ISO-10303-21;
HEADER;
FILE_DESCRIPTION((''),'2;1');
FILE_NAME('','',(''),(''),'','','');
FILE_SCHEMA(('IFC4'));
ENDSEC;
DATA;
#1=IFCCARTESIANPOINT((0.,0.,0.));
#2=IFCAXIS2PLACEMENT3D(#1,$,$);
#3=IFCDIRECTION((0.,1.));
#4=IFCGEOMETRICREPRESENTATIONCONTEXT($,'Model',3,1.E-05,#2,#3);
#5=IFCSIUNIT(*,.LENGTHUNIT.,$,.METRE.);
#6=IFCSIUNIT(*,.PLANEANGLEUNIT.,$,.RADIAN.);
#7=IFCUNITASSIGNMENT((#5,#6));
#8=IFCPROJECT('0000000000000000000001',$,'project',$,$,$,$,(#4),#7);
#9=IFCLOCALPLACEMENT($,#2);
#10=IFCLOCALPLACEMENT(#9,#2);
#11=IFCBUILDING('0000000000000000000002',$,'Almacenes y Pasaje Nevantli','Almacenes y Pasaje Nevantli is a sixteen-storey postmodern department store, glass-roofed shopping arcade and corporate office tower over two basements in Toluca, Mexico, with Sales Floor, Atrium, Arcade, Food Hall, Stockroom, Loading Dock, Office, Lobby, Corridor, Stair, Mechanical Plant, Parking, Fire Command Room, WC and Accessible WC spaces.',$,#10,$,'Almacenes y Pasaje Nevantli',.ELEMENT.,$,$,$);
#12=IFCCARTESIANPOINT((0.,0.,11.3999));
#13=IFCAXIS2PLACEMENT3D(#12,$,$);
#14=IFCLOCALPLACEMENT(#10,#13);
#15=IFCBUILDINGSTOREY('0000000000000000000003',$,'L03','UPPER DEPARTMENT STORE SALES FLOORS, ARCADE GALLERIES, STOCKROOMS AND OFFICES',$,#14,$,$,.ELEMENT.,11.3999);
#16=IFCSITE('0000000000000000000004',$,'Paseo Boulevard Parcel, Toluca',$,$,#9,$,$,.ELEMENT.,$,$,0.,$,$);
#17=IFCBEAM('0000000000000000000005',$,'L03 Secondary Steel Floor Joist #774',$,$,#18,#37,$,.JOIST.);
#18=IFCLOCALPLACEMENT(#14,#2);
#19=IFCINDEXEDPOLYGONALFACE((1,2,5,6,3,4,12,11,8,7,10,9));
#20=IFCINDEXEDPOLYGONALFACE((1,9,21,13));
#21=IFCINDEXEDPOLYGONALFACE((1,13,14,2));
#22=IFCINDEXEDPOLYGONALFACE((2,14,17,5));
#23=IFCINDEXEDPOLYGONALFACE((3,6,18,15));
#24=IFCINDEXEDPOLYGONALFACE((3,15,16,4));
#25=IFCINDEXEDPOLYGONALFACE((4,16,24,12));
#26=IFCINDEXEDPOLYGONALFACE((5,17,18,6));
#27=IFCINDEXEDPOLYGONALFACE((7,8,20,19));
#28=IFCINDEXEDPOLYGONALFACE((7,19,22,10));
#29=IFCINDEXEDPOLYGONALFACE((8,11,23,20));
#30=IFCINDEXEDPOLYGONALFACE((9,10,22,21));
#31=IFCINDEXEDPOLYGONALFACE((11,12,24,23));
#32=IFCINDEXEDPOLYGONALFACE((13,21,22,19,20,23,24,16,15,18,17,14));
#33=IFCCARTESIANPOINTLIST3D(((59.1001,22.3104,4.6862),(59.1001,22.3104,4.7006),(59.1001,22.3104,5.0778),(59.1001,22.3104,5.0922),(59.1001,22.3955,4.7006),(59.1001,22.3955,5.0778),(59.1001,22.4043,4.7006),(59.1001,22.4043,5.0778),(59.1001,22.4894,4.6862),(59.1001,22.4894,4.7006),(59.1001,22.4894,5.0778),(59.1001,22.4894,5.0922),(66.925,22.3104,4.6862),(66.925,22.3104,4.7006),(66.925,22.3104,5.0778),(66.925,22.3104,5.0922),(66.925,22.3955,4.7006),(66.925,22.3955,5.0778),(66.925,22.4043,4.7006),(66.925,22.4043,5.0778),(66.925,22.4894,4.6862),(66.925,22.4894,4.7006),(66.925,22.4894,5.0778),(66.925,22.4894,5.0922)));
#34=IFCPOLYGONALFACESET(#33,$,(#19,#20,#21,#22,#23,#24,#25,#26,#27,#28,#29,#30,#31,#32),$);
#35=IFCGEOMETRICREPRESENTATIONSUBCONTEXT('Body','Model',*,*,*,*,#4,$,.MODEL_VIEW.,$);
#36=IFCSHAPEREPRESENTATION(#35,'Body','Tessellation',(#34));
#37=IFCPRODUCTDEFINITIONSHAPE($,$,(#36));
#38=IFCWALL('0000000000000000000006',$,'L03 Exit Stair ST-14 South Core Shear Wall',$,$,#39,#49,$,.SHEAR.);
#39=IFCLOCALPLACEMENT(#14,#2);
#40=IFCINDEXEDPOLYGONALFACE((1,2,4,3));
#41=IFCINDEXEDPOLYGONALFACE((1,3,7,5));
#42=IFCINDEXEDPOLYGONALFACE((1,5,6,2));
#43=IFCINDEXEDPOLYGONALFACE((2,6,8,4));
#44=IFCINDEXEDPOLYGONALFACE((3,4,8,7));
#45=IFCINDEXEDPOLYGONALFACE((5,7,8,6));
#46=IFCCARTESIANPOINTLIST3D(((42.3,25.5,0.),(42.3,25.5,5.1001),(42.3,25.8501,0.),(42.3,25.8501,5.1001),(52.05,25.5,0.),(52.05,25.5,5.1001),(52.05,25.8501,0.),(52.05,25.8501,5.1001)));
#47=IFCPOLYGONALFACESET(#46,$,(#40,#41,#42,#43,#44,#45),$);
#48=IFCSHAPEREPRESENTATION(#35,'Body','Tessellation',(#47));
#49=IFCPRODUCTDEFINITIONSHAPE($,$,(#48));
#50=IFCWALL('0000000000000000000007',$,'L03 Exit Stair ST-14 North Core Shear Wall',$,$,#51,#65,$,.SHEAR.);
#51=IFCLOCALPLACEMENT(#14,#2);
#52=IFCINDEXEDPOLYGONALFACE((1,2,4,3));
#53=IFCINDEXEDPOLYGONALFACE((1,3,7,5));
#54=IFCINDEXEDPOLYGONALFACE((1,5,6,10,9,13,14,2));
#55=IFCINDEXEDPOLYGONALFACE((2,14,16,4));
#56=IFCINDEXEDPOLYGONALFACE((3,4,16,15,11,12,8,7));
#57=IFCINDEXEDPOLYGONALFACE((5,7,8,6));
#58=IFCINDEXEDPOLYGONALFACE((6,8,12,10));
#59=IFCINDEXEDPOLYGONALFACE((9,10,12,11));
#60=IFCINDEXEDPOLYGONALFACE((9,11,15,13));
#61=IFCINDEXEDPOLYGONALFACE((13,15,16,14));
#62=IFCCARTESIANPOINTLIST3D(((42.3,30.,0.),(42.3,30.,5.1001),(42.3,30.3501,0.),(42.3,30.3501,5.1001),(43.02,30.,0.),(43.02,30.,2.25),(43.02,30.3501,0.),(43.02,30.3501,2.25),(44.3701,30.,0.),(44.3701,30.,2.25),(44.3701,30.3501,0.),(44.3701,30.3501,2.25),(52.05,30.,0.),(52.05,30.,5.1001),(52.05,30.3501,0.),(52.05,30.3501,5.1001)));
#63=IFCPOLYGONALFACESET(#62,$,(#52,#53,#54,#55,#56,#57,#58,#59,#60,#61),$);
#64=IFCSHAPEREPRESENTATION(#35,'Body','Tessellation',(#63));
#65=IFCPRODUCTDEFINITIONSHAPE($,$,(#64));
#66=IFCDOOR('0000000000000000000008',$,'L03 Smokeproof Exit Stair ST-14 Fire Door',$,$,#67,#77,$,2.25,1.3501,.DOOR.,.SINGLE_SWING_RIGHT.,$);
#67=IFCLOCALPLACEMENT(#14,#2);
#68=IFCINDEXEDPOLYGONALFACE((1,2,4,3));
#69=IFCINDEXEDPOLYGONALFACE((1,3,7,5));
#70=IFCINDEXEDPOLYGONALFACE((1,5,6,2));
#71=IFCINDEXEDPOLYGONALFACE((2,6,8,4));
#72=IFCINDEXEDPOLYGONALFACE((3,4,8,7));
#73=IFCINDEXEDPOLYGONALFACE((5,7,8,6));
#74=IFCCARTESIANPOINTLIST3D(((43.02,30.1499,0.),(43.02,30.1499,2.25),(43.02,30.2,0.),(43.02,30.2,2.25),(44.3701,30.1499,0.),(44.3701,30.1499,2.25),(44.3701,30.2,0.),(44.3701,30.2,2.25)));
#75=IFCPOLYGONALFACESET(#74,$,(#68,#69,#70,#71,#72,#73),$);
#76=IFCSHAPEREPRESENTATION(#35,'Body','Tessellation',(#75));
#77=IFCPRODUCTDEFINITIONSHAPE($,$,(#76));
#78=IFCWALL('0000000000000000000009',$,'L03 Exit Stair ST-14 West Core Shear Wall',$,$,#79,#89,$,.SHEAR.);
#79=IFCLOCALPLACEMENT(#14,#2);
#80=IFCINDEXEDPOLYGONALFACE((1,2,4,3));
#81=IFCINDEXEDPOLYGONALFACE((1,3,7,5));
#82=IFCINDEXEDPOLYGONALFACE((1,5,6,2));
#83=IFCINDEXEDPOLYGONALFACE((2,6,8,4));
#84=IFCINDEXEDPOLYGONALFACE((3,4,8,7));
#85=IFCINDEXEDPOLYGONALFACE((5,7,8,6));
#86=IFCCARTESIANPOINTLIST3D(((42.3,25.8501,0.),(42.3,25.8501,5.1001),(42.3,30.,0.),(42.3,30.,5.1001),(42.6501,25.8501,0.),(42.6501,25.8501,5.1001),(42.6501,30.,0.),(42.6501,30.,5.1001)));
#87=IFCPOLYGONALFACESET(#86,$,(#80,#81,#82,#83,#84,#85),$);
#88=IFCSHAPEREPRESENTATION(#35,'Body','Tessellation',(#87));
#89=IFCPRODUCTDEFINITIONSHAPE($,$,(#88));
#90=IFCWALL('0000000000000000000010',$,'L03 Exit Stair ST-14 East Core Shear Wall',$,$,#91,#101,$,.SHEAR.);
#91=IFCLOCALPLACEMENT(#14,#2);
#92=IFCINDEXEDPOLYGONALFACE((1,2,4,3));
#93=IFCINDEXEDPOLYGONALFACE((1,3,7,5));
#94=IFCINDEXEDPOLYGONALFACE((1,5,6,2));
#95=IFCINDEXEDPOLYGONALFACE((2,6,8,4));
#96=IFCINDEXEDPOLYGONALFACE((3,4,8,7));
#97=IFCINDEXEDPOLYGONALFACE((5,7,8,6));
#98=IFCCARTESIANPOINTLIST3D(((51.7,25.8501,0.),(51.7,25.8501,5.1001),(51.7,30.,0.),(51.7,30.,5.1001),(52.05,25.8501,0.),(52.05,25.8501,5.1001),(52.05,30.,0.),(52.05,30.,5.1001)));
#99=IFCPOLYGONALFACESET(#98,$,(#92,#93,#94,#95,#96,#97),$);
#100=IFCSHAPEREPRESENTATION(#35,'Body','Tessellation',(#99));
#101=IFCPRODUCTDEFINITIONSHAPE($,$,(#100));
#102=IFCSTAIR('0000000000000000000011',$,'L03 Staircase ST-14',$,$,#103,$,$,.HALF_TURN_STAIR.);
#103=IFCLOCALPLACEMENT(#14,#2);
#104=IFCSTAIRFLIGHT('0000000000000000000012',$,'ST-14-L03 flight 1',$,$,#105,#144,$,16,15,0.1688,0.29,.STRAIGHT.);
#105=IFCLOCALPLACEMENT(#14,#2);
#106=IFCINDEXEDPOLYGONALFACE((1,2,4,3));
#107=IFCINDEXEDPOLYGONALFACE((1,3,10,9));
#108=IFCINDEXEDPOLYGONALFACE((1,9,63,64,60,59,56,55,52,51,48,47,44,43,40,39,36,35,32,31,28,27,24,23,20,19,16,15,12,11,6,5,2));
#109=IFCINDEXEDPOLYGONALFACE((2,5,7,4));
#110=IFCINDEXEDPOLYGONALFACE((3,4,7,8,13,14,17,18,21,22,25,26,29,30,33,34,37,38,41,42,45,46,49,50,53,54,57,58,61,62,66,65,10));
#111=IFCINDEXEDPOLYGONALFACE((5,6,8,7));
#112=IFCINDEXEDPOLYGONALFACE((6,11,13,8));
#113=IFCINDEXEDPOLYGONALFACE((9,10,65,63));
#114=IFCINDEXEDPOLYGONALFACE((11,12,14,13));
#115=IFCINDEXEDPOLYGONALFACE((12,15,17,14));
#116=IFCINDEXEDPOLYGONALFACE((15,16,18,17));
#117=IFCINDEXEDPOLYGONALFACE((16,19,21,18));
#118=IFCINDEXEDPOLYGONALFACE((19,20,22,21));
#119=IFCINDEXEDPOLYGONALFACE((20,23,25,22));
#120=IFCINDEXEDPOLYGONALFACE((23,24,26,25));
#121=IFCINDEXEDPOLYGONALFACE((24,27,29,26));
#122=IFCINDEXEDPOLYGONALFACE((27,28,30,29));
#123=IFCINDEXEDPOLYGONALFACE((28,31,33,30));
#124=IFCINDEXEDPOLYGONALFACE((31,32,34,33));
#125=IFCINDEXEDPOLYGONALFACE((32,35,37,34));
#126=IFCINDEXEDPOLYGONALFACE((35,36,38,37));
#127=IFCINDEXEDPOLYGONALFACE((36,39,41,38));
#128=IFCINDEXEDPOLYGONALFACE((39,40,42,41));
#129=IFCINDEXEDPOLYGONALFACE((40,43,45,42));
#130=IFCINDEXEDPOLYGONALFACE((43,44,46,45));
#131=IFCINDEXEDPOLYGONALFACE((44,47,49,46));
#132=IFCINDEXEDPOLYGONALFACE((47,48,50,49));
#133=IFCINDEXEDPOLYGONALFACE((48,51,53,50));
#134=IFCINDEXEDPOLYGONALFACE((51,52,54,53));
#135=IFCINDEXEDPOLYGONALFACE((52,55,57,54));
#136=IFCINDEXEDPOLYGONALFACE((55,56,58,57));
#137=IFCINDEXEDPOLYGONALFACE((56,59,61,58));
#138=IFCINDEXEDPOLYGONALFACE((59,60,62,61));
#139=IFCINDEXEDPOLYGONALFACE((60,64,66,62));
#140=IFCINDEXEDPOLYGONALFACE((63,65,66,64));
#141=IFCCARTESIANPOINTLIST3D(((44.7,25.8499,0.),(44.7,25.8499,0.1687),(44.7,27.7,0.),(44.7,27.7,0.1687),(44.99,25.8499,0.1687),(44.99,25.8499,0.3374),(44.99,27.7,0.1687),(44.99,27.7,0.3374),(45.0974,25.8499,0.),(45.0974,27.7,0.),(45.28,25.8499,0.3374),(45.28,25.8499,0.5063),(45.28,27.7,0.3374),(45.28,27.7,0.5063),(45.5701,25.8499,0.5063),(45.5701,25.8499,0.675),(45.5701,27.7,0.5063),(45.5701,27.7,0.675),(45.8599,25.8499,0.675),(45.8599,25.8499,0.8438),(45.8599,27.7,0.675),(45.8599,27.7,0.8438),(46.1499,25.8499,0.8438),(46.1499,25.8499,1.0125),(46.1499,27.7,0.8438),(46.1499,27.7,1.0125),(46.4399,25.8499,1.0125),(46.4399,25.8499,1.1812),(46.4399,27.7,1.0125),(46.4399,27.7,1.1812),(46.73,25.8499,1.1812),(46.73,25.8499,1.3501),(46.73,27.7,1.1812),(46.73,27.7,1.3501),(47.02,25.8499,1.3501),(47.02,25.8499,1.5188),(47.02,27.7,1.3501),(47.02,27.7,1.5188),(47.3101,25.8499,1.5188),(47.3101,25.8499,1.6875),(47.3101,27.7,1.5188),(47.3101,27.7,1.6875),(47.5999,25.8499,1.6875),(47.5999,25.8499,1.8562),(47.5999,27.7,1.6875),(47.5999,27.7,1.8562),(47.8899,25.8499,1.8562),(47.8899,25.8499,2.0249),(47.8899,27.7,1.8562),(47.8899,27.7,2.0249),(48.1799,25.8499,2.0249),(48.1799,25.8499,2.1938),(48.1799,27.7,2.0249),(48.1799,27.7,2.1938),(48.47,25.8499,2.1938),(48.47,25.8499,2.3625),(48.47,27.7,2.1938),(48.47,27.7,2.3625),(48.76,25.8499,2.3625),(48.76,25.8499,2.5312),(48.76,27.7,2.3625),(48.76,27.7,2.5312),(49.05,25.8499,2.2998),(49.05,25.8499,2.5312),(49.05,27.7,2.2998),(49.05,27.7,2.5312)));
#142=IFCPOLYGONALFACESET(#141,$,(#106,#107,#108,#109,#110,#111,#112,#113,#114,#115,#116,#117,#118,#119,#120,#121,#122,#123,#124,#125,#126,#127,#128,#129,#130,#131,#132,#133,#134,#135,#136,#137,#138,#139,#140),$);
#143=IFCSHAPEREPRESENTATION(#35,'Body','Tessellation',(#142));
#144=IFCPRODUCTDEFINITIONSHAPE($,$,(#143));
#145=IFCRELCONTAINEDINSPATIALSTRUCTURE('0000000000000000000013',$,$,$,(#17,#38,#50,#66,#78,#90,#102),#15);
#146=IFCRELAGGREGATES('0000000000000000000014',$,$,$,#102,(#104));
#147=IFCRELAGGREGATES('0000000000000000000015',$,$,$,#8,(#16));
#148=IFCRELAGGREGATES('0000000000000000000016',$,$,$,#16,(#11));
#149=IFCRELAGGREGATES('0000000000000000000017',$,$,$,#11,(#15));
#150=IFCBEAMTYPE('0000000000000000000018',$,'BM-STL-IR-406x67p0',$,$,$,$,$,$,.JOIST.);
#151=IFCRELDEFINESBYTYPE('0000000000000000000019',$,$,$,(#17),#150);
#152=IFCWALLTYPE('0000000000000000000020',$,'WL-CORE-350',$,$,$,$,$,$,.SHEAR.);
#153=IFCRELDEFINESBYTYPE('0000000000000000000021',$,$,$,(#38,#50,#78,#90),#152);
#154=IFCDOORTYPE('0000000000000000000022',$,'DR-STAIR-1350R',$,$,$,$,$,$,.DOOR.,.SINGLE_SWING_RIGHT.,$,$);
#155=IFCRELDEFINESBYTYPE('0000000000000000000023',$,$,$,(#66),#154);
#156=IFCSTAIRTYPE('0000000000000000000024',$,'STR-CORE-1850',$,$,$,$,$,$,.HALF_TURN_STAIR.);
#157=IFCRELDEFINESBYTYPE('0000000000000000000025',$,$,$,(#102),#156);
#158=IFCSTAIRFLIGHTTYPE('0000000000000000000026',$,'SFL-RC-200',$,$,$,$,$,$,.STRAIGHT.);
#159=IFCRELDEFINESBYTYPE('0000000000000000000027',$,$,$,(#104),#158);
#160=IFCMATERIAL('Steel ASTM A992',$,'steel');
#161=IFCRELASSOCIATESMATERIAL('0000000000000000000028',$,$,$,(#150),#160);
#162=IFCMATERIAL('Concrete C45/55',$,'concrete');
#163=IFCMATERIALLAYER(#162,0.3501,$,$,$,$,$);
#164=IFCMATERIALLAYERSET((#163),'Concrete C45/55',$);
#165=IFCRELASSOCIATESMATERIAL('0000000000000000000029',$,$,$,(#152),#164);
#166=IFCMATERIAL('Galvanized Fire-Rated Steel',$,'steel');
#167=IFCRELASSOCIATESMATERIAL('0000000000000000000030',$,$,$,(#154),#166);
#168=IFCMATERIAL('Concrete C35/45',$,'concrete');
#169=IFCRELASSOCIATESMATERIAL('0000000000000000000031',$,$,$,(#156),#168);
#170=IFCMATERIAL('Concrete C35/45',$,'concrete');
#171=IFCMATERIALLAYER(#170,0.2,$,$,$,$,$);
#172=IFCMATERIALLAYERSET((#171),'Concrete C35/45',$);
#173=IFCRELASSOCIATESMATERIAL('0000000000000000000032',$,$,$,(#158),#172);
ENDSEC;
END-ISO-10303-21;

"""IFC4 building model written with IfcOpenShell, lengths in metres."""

from ifc_helpers import new_model, si_unit, direction, frame, frame_2d, origin, origin_2d, place, context, subcontext, project, spatial, polyline, rectangle, i_section, outline, extrude, material, layer, layer_set, material_profile, profile_set, type_object, element, fill, aggregate, save


model = new_model("IFC4")

# Units and contexts
model_context = context("Model", 3, precision=1e-05, world=origin(), true_north=direction((0.0, 1.0)))
body_context = subcontext(model_context, "Body", "Model", "MODEL_VIEW")
ifc_project = project(units=[si_unit("LENGTHUNIT", "METRE"), si_unit("PLANEANGLEUNIT", "RADIAN")], contexts=[model_context])

# Site, building, storey
site_placement = place(None, origin())
site = spatial("IfcSite", under=ifc_project, at=site_placement, Name="Paseo Boulevard Parcel, Toluca", CompositionType="ELEMENT", RefElevation=0.0)
building_placement = place(site_placement, origin())
building = spatial("IfcBuilding", under=site, at=building_placement, Name="Almacenes y Pasaje Nevantli", Description="Almacenes y Pasaje Nevantli is a sixteen-storey postmodern department store, glass-roofed shopping arcade and corporate office tower over two basements in Toluca, Mexico, with Sales Floor, Atrium, Arcade, Food Hall, Stockroom, Loading Dock, Office, Lobby, Corridor, Stair, Mechanical Plant, Parking, Fire Command Room, WC and Accessible WC spaces.", LongName="Almacenes y Pasaje Nevantli", CompositionType="ELEMENT")
storey_placement = place(building_placement, frame((0.0, 0.0, 11.3999)))
storey = spatial("IfcBuildingStorey", under=building, at=storey_placement, Name="L03", Description="UPPER DEPARTMENT STORE SALES FLOORS, ARCADE GALLERIES, STOCKROOMS AND OFFICES", CompositionType="ELEMENT", Elevation=11.3999)

# Beam
ifc_material_1 = material(Name="Steel ASTM A992", Category="steel")
ifc_material_profile_1 = material_profile(ifc_material_1, i_section(OverallWidth=0.179, OverallDepth=0.406, WebThickness=0.0088, FlangeThickness=0.0144, at=origin_2d()), Name="IR 406x67.0")
ifc_profile_set_1 = profile_set([ifc_material_profile_1], Name="Steel ASTM A992")
beam_type_1 = type_object("IfcBeamType", Name="BM-STL-IR-406x67p0", PredefinedType="JOIST", material=ifc_profile_set_1)
for number, where, z_axis, x_axis, name in (
    (1, (59.1001, 22.3999, 4.8892), (1.0, 0.0, 0.0), (0.0, 1.0, 0.0), "L03 Secondary Steel Floor Joist #774"),
):
    element("IfcBeam", number, at=place(storey_placement, frame(where, z_axis=z_axis, x_axis=x_axis)), inside=storey, type_object=beam_type_1, Name=name, PredefinedType="JOIST", context=body_context, shape_type="SweptSolid", body=[
        extrude(i_section(OverallWidth=0.179, OverallDepth=0.406, WebThickness=0.0088, FlangeThickness=0.0144, at=origin_2d()), origin(), (0.0, 0.0, 1.0), 7.825),
    ])

# Wall
ifc_material_2 = material(Name="Concrete C45/55", Category="concrete")
ifc_layer_1 = layer(ifc_material_2, 0.3501)
ifc_layer_set_1 = layer_set([ifc_layer_1], Name="Concrete C45/55")
wall_type = type_object("IfcWallType", Name="WL-CORE-350", PredefinedType="SHEAR", material=ifc_layer_set_1)
wall_1_placement = place(storey_placement, frame((42.3, 25.675, 0.0), z_axis=(0.0, 0.0, 1.0), x_axis=(1.0, 0.0, 0.0)))
element("IfcWall", 2, at=wall_1_placement, inside=storey, type_object=wall_type, Name="L03 Exit Stair ST-14 South Core Shear Wall", PredefinedType="SHEAR", context=body_context, shape_type="SweptSolid", body=[
    extrude(rectangle(XDim=9.75, YDim=0.3501, at=frame_2d((4.875, 0.0))), origin(), (0.0, 0.0, 1.0), 5.1001),
])

# Wall, opening, door
wall_2_placement = place(storey_placement, frame((42.3, 30.175, 0.0), z_axis=(0.0, 0.0, 1.0), x_axis=(1.0, 0.0, 0.0)))
wall_2 = element("IfcWall", 3, at=wall_2_placement, inside=storey, type_object=wall_type, Name="L03 Exit Stair ST-14 North Core Shear Wall", PredefinedType="SHEAR", context=body_context, shape_type="SweptSolid", body=[
    extrude(rectangle(XDim=9.75, YDim=0.3501, at=frame_2d((4.875, 0.0))), origin(), (0.0, 0.0, 1.0), 5.1001),
])
opening_placement = place(wall_2_placement, frame((0.72, 0.0, 0.0)))
opening = element("IfcOpeningElement", 4, at=opening_placement, cuts=wall_2, PredefinedType="OPENING", context=body_context, shape_type="SweptSolid", body=[
    extrude(rectangle(XDim=1.3501, YDim=2.25, at=frame_2d((0.675, 1.125))), frame((0.0, 0.1851, 0.0), z_axis=(0.0, -1.0, 0.0), x_axis=(1.0, 0.0, 0.0)), (0.0, 0.0, 1.0), 0.3701),
])
ifc_material_3 = material(Name="Galvanized Fire-Rated Steel", Category="steel")
door_type = type_object("IfcDoorType", Name="DR-STAIR-1350R", OperationType="SINGLE_SWING_RIGHT", PredefinedType="DOOR", material=ifc_material_3)
door_placement = place(opening_placement, origin())
door = element("IfcDoor", 5, at=door_placement, inside=storey, type_object=door_type, Name="L03 Smokeproof Exit Stair ST-14 Fire Door", OperationType="SINGLE_SWING_RIGHT", OverallHeight=2.25, OverallWidth=1.3501, PredefinedType="DOOR", context=body_context, shape_type="SweptSolid", body=[
    extrude(rectangle(XDim=1.3501, YDim=2.25, at=frame_2d((0.675, 1.125))), frame((0.0, 0.0249, 0.0), z_axis=(0.0, -1.0, 0.0), x_axis=(1.0, 0.0, 0.0)), (0.0, 0.0, 1.0), 0.05),
])
fill(opening, door)

# Walls
for number, where, z_axis, x_axis, name in (
    (6, (42.4751, 25.8501, 0.0), (0.0, 0.0, 1.0), (0.0, 1.0, 0.0), "L03 Exit Stair ST-14 West Core Shear Wall"),
    (7, (51.875, 25.8501, 0.0), (0.0, 0.0, 1.0), (0.0, 1.0, 0.0), "L03 Exit Stair ST-14 East Core Shear Wall"),
):
    element("IfcWall", number, at=place(storey_placement, frame(where, z_axis=z_axis, x_axis=x_axis)), inside=storey, type_object=wall_type, Name=name, PredefinedType="SHEAR", context=body_context, shape_type="SweptSolid", body=[
        extrude(rectangle(XDim=4.1499, YDim=0.3501, at=frame_2d((2.075, 0.0))), origin(), (0.0, 0.0, 1.0), 5.1001),
    ])

# Stair, stair flight
ifc_material_4 = material(Name="Concrete C35/45", Category="concrete")
stair_type = type_object("IfcStairType", Name="STR-CORE-1850", PredefinedType="HALF_TURN_STAIR", material=ifc_material_4)
stair_placement = place(storey_placement, origin())
stair = element("IfcStair", 8, at=stair_placement, inside=storey, type_object=stair_type, Name="L03 Staircase ST-14", PredefinedType="HALF_TURN_STAIR")
ifc_material_5 = material(Name="Concrete C35/45", Category="concrete")
ifc_layer_2 = layer(ifc_material_5, 0.2)
ifc_layer_set_2 = layer_set([ifc_layer_2], Name="Concrete C35/45")
stair_flight_type = type_object("IfcStairFlightType", Name="SFL-RC-200", PredefinedType="STRAIGHT", material=ifc_layer_set_2)
stair_flight_1_placement = place(storey_placement, frame((44.7, 26.7749, 0.0), z_axis=(0.0, 0.0, 1.0), x_axis=(1.0, 0.0, 0.0)))
stair_flight_1 = element("IfcStairFlight", 9, at=stair_flight_1_placement, type_object=stair_flight_type, Name="ST-14-L03 flight 1", NumberOfRisers=16, NumberOfTreads=15, PredefinedType="STRAIGHT", RiserHeight=0.1688, TreadLength=0.29, context=body_context, shape_type="SweptSolid", body=[
    extrude(outline(polyline([(0.0, 0.0), (0.0, 0.1687), (0.29, 0.1687), (0.29, 0.3374), (0.5801, 0.3374), (0.5801, 0.5063), (0.8701, 0.5063), (0.8701, 0.675), (1.1599, 0.675), (1.1599, 0.8438), (1.45, 0.8438), (1.45, 1.0125), (1.74, 1.0125), (1.74, 1.1812), (2.03, 1.1812), (2.03, 1.3501), (2.3201, 1.3501), (2.3201, 1.5188), (2.6101, 1.5188), (2.6101, 1.6875), (2.8999, 1.6875), (2.8999, 1.8562), (3.1899, 1.8562), (3.1899, 2.0249), (3.48, 2.0249), (3.48, 2.1938), (3.77, 2.1938), (3.77, 2.3625), (4.0601, 2.3625), (4.0601, 2.5312), (4.3501, 2.5312), (4.3501, 2.7), (4.3501, 2.2998), (0.3975, 0.0), (0.0, 0.0)])), frame((0.0, 0.925, 0.0), z_axis=(0.0, -1.0, 0.0), x_axis=(1.0, 0.0, 0.0)), (0.0, 0.0, 1.0), 1.8501),
])
aggregate(stair, [stair_flight_1])

save(model, "model.ifc")
